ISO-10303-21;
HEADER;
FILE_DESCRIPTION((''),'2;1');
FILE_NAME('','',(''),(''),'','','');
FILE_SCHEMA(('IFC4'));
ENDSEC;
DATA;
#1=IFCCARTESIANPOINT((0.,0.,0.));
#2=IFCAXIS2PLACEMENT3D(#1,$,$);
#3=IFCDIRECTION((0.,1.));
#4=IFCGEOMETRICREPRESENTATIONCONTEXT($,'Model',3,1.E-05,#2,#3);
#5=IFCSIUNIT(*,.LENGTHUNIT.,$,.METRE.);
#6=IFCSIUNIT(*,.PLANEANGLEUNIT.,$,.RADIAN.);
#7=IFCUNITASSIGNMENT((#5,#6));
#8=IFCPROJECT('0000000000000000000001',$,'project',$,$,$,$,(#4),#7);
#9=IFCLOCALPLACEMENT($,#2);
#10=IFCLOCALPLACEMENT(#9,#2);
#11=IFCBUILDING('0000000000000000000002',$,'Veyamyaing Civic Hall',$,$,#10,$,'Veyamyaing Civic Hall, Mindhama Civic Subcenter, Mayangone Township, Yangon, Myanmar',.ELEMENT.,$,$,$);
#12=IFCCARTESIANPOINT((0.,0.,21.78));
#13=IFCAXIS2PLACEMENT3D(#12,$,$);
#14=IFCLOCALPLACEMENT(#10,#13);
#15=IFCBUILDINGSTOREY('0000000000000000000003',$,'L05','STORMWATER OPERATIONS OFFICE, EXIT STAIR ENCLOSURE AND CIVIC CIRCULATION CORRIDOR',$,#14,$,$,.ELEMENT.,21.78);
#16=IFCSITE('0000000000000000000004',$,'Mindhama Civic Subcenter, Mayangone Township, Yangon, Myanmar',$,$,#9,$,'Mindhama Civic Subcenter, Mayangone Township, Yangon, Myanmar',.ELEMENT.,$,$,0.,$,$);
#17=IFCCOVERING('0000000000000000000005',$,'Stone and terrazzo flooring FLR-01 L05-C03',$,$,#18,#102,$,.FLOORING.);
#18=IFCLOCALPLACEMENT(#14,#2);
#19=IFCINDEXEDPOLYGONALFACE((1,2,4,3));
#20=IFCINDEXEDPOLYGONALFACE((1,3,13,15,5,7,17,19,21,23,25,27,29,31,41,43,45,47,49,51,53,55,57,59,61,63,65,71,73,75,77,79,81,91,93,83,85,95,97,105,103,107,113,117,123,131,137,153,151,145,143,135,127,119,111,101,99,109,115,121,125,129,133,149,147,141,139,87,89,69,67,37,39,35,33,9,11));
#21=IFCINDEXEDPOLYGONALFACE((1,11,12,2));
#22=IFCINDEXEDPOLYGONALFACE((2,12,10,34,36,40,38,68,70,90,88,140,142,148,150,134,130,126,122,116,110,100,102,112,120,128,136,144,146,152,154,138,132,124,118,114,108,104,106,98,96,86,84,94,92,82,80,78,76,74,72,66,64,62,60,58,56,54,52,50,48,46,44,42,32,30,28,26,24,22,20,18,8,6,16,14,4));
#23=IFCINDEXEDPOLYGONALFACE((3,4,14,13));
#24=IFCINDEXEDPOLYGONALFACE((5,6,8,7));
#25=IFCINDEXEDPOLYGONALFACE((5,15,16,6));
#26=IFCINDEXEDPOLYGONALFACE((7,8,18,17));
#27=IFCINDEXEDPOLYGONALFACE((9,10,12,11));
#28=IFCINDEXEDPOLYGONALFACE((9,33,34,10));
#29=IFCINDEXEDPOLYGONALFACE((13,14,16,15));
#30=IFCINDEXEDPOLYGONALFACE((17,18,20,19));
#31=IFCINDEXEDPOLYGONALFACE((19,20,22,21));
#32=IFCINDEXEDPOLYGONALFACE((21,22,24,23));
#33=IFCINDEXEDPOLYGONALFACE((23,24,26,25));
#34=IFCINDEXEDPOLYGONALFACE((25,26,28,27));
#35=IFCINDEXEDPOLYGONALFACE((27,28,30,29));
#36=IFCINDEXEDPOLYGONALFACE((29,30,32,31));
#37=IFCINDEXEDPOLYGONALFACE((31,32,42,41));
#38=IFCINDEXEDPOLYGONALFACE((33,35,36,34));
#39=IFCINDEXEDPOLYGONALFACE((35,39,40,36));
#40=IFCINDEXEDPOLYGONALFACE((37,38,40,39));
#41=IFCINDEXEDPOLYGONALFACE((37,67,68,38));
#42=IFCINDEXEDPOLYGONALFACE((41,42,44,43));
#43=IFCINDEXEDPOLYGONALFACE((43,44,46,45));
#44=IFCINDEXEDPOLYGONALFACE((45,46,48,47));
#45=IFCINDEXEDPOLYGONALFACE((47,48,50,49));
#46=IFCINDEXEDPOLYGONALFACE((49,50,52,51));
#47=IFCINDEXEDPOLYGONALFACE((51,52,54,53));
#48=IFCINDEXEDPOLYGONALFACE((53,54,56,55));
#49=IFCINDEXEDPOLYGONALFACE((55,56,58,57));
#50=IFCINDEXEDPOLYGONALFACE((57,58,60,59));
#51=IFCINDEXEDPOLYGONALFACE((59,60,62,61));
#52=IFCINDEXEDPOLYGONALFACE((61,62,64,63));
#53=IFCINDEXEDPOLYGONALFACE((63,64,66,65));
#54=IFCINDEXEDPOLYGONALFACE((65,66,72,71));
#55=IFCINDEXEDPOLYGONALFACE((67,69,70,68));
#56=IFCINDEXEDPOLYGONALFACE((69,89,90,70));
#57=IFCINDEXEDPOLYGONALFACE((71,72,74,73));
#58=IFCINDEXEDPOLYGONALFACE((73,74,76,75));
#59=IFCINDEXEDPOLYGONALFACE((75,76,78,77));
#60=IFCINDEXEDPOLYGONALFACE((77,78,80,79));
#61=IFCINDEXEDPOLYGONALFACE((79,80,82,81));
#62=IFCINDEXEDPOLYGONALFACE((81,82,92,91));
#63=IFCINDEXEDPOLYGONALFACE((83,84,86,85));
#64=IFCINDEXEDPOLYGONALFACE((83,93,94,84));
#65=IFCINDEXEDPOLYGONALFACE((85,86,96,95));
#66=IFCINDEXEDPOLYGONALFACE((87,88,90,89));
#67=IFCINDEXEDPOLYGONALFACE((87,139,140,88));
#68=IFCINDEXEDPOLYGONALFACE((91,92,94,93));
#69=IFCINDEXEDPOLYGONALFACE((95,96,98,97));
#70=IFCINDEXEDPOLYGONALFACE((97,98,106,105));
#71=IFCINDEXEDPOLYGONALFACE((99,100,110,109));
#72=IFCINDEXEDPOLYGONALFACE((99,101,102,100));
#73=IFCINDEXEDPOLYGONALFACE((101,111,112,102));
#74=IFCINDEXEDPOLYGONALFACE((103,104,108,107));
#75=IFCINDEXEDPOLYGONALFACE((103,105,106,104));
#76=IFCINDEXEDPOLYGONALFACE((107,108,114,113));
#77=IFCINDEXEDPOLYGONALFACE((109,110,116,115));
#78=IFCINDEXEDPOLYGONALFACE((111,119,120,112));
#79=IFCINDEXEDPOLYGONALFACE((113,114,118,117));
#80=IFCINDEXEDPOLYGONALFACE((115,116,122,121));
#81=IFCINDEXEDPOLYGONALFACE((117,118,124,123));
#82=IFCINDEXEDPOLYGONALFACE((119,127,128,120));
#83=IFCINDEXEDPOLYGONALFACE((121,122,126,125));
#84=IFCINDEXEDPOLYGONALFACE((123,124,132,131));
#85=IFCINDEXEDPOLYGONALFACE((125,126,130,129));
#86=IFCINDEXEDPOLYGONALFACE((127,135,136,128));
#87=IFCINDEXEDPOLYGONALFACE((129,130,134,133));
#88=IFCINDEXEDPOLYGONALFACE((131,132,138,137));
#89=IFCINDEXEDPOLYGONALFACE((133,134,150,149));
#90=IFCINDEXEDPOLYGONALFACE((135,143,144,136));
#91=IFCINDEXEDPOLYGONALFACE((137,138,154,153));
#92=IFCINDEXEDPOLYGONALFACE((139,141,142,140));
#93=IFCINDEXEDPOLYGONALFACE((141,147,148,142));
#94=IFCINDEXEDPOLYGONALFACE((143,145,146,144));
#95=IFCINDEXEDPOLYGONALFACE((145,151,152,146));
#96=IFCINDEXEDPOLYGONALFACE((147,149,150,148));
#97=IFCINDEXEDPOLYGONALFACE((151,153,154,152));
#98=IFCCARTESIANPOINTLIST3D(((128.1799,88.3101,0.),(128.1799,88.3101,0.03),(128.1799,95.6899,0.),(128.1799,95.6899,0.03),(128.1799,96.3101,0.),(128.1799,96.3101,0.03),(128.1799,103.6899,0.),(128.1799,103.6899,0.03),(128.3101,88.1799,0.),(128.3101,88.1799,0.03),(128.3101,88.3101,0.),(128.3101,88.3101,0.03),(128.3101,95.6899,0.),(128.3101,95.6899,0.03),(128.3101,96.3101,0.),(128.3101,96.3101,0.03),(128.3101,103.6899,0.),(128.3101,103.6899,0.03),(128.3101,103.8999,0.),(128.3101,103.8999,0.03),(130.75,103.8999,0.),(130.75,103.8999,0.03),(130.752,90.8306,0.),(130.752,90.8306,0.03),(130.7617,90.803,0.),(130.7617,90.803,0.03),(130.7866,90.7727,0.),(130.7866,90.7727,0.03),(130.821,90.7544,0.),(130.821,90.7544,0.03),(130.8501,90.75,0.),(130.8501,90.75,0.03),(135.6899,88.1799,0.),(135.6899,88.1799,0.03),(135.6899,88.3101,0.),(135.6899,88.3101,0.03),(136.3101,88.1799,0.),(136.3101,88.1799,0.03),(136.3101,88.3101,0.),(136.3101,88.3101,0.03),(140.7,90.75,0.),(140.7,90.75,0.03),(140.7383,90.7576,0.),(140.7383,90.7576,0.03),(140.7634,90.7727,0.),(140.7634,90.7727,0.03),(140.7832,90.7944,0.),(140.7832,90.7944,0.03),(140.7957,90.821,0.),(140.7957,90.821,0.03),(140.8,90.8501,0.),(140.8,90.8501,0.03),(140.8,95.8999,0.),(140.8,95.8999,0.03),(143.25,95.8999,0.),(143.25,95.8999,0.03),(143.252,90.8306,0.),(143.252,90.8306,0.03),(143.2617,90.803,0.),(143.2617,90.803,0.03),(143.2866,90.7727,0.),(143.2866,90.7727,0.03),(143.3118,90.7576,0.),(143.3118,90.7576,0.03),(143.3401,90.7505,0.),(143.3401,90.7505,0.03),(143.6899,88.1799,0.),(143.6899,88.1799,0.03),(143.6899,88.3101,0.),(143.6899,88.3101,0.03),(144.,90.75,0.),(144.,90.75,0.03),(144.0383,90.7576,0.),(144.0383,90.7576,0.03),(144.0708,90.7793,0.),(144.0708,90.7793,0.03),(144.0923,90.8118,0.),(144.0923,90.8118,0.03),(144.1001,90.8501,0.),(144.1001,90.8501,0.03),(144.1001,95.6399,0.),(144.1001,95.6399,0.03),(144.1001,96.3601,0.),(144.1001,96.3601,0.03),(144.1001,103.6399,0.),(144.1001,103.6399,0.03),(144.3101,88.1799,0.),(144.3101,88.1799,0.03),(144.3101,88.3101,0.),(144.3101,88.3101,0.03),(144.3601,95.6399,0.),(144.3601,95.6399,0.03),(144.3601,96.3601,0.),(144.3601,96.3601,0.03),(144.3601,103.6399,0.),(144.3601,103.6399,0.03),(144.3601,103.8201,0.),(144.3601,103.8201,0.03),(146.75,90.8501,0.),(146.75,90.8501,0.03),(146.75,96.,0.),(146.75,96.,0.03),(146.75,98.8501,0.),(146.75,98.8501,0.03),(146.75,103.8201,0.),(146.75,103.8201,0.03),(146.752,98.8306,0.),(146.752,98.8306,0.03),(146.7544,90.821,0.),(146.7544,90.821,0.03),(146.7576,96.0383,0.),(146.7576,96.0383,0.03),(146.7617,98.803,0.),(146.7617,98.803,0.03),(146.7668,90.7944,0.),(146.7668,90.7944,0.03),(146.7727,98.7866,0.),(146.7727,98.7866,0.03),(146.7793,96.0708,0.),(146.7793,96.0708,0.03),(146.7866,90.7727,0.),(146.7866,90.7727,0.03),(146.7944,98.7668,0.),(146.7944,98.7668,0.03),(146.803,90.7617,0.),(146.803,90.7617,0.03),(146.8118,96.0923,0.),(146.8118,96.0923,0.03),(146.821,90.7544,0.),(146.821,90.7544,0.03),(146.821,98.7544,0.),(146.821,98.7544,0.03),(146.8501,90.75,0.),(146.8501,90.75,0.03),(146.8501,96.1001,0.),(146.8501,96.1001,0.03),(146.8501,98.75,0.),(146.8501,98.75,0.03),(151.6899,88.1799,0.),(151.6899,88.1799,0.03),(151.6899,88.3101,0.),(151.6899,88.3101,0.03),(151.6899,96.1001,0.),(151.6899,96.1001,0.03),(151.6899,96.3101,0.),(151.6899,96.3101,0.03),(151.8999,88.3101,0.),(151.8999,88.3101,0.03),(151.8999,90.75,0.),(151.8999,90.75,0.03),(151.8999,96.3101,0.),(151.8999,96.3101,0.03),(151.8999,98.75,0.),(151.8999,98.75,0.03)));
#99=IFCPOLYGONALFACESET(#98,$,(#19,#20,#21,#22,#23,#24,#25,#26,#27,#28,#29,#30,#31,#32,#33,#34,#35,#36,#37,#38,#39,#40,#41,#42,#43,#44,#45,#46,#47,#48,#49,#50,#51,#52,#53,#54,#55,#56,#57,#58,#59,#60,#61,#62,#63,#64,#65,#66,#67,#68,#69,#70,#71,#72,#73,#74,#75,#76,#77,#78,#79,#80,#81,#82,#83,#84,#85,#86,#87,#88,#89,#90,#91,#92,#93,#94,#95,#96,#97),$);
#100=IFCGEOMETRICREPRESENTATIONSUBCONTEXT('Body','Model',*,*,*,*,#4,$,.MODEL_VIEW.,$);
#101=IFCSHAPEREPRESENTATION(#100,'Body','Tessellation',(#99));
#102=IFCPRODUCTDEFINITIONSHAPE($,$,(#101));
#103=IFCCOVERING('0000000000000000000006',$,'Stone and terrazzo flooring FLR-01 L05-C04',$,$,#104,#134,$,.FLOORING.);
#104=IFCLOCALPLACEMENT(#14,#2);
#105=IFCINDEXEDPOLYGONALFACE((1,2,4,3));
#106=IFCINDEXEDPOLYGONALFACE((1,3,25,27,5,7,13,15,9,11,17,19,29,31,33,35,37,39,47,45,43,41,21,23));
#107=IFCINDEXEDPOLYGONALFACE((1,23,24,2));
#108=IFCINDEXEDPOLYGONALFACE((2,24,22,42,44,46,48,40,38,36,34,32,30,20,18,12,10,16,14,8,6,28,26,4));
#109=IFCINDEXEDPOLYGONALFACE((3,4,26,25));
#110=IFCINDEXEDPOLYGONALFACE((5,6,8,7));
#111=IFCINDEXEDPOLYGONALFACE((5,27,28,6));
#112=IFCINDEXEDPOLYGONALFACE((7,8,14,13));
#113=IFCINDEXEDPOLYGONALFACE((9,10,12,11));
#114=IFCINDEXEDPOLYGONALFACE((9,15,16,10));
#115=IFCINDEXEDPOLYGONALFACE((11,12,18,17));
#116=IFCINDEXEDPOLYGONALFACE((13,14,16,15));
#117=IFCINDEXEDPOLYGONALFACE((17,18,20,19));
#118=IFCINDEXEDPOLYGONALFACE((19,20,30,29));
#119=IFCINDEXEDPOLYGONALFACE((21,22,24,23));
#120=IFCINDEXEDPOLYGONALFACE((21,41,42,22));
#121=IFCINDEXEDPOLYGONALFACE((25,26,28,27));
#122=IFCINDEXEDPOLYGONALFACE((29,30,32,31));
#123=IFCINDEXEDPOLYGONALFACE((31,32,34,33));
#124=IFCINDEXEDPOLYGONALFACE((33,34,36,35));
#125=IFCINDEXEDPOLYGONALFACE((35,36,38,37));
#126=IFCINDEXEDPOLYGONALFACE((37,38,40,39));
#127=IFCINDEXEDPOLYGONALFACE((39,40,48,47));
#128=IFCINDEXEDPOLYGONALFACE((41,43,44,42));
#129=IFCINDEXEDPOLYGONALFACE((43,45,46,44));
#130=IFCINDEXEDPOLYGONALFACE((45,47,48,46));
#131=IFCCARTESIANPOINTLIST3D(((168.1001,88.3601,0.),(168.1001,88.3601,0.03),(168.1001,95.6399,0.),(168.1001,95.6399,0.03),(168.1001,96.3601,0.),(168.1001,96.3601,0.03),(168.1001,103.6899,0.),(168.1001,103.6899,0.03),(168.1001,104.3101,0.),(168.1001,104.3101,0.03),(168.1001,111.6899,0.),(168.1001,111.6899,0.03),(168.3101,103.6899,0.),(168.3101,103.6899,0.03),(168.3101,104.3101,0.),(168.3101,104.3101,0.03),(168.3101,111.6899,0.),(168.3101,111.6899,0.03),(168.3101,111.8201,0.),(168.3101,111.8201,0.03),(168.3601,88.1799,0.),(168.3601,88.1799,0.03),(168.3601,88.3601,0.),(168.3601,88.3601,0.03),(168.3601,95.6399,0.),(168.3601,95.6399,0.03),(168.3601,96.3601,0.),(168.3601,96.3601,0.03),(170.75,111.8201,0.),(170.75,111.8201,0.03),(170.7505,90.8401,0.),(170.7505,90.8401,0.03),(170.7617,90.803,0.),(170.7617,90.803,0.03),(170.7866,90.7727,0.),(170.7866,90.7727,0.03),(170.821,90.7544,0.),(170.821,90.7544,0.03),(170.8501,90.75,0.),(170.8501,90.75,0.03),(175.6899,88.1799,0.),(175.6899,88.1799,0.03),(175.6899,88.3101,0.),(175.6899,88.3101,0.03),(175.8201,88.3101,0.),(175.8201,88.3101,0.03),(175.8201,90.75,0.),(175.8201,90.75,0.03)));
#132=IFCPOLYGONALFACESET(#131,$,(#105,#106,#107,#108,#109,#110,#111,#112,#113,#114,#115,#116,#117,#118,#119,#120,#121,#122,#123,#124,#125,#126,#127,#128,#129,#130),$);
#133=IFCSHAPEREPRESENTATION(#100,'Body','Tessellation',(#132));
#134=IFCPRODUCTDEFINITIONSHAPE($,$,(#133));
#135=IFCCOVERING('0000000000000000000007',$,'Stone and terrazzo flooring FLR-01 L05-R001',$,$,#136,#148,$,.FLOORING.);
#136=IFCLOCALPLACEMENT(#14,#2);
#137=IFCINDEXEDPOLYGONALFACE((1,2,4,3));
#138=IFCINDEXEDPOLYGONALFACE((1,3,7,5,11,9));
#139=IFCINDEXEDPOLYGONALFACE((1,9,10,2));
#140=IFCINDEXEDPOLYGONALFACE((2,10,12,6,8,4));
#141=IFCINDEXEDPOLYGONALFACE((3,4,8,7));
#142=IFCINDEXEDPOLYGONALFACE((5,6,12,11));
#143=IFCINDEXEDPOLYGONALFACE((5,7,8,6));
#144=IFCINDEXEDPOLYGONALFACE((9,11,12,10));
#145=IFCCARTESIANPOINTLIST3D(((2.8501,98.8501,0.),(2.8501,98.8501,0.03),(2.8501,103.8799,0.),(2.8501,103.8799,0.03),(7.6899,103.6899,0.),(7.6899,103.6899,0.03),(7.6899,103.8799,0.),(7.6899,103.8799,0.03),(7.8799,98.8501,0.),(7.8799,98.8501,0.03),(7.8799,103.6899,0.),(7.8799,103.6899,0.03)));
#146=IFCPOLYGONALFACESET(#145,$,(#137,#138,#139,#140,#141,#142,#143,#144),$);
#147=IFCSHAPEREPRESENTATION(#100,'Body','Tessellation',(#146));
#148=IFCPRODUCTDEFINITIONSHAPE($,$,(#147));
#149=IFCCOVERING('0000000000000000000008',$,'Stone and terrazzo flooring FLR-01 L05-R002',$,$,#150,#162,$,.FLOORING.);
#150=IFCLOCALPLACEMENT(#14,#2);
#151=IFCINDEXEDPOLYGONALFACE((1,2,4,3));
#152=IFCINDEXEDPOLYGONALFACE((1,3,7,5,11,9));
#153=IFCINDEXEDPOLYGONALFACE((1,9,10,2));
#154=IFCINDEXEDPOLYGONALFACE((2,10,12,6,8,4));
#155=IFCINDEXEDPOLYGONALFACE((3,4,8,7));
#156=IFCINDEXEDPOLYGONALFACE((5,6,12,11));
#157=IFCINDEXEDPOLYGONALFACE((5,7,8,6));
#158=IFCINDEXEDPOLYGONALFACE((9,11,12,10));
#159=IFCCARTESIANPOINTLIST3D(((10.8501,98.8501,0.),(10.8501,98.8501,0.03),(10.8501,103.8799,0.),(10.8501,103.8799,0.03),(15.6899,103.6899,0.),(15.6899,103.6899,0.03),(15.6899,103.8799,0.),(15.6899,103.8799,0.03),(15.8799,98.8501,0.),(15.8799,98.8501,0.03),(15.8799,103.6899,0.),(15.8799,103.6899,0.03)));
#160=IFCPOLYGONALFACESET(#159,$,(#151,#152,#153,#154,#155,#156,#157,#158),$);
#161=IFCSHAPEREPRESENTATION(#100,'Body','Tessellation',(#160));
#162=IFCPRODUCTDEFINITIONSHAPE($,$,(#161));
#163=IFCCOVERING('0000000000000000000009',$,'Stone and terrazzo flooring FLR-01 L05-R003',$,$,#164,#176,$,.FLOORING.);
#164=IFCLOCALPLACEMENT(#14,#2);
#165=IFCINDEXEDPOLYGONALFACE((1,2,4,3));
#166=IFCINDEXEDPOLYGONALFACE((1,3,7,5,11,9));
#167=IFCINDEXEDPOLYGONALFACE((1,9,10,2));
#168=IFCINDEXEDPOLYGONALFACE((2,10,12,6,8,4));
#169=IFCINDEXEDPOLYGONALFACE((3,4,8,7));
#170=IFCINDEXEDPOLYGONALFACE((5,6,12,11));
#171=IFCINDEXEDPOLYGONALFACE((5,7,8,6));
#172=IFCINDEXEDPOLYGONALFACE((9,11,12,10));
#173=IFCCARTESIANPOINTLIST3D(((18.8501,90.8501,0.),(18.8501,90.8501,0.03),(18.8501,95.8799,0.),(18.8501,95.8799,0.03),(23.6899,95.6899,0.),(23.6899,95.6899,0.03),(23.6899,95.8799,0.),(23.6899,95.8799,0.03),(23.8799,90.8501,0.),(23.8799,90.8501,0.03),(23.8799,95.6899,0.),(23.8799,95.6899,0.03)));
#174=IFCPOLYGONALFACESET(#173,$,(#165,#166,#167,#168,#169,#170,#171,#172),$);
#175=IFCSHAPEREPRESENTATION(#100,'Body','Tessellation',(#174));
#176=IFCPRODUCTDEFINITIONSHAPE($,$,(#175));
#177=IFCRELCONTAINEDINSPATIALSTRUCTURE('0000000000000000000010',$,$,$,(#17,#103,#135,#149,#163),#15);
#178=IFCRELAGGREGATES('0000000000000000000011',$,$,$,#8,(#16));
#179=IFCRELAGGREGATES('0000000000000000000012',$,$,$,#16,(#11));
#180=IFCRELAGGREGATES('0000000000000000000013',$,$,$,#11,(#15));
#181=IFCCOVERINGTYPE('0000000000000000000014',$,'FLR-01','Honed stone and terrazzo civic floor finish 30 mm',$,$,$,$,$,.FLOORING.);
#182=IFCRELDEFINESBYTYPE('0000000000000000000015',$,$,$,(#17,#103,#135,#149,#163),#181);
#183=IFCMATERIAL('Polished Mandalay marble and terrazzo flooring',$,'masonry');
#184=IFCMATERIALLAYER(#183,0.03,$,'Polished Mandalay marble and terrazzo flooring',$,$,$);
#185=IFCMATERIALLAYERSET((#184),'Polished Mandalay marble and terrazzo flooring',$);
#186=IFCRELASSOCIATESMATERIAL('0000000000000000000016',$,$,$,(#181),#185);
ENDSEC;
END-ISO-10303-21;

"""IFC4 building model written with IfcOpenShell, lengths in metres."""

from ifc_helpers import new_model, si_unit, direction, frame, origin, place, context, subcontext, project, spatial, polyline, outline, extrude, material, layer, layer_set, type_object, element, save


model = new_model("IFC4")

# Units and contexts
model_context = context("Model", 3, precision=1e-05, world=origin(), true_north=direction((0.0, 1.0)))
body_context = subcontext(model_context, "Body", "Model", "MODEL_VIEW")
ifc_project = project(units=[si_unit("LENGTHUNIT", "METRE"), si_unit("PLANEANGLEUNIT", "RADIAN")], contexts=[model_context])

# Site, building, storey
site_placement = place(None, origin())
site = spatial("IfcSite", under=ifc_project, at=site_placement, Name="Mindhama Civic Subcenter, Mayangone Township, Yangon, Myanmar", LongName="Mindhama Civic Subcenter, Mayangone Township, Yangon, Myanmar", CompositionType="ELEMENT", RefElevation=0.0)
building_placement = place(site_placement, origin())
building = spatial("IfcBuilding", under=site, at=building_placement, Name="Veyamyaing Civic Hall", LongName="Veyamyaing Civic Hall, Mindhama Civic Subcenter, Mayangone Township, Yangon, Myanmar", CompositionType="ELEMENT")
storey_placement = place(building_placement, frame((0.0, 0.0, 21.78)))
storey = spatial("IfcBuildingStorey", under=building, at=storey_placement, Name="L05", Description="STORMWATER OPERATIONS OFFICE, EXIT STAIR ENCLOSURE AND CIVIC CIRCULATION CORRIDOR", CompositionType="ELEMENT", Elevation=21.78)

# Coverings
ifc_material_1 = material(Name="Polished Mandalay marble and terrazzo flooring", Category="masonry")
ifc_layer_1 = layer(ifc_material_1, 0.03, Name="Polished Mandalay marble and terrazzo flooring")
ifc_layer_set_1 = layer_set([ifc_layer_1], Name="Polished Mandalay marble and terrazzo flooring")
covering_type_1 = type_object("IfcCoveringType", Name="FLR-01", Description="Honed stone and terrazzo civic floor finish 30 mm", PredefinedType="FLOORING", material=ifc_layer_set_1)
covering_1_placement = place(storey_placement, origin())
element("IfcCovering", 1, at=covering_1_placement, inside=storey, type_object=covering_type_1, Name="Stone and terrazzo flooring FLR-01 L05-C03", PredefinedType="FLOORING", context=body_context, shape_type="SweptSolid", body=[
    extrude(outline(polyline([(130.752, 90.8306), (130.7617, 90.803), (130.7866, 90.7727), (130.821, 90.7544), (130.8501, 90.75), (140.7, 90.75), (140.7383, 90.7576), (140.7634, 90.7727), (140.7832, 90.7944), (140.7957, 90.821), (140.8, 90.8501), (140.8, 95.8999), (143.25, 95.8999), (143.252, 90.8306), (143.2617, 90.803), (143.2866, 90.7727), (143.3118, 90.7576), (143.3401, 90.7505), (144.0, 90.75), (144.0383, 90.7576), (144.0708, 90.7793), (144.0923, 90.8118), (144.1001, 90.8501), (144.1001, 95.6399), (144.3601, 95.6399), (144.3601, 96.3601), (144.1001, 96.3601), (144.1001, 103.6399), (144.3601, 103.6399), (144.3601, 103.8201), (146.75, 103.8201), (146.75, 98.8501), (146.752, 98.8306), (146.7617, 98.803), (146.7727, 98.7866), (146.7944, 98.7668), (146.821, 98.7544), (146.8501, 98.75), (151.8999, 98.75), (151.8999, 96.3101), (151.6899, 96.3101), (151.6899, 96.1001), (146.8501, 96.1001), (146.8118, 96.0923), (146.7793, 96.0708), (146.7576, 96.0383), (146.75, 96.0), (146.75, 90.8501), (146.7544, 90.821), (146.7668, 90.7944), (146.7866, 90.7727), (146.803, 90.7617), (146.821, 90.7544), (146.8501, 90.75), (151.8999, 90.75), (151.8999, 88.3101), (151.6899, 88.3101), (151.6899, 88.1799), (144.3101, 88.1799), (144.3101, 88.3101), (143.6899, 88.3101), (143.6899, 88.1799), (136.3101, 88.1799), (136.3101, 88.3101), (135.6899, 88.3101), (135.6899, 88.1799), (128.3101, 88.1799), (128.3101, 88.3101), (128.1799, 88.3101), (128.1799, 95.6899), (128.3101, 95.6899), (128.3101, 96.3101), (128.1799, 96.3101), (128.1799, 103.6899), (128.3101, 103.6899), (128.3101, 103.8999), (130.75, 103.8999), (130.752, 90.8306)])), origin(), (0.0, 0.0, 1.0), 0.03),
])
covering_2_placement = place(storey_placement, origin())
element("IfcCovering", 2, at=covering_2_placement, inside=storey, type_object=covering_type_1, Name="Stone and terrazzo flooring FLR-01 L05-C04", PredefinedType="FLOORING", context=body_context, shape_type="SweptSolid", body=[
    extrude(outline(polyline([(170.7505, 90.8401), (170.7617, 90.803), (170.7866, 90.7727), (170.821, 90.7544), (170.8501, 90.75), (175.8201, 90.75), (175.8201, 88.3101), (175.6899, 88.3101), (175.6899, 88.1799), (168.3601, 88.1799), (168.3601, 88.3601), (168.1001, 88.3601), (168.1001, 95.6399), (168.3601, 95.6399), (168.3601, 96.3601), (168.1001, 96.3601), (168.1001, 103.6899), (168.3101, 103.6899), (168.3101, 104.3101), (168.1001, 104.3101), (168.1001, 111.6899), (168.3101, 111.6899), (168.3101, 111.8201), (170.75, 111.8201), (170.7505, 90.8401)])), origin(), (0.0, 0.0, 1.0), 0.03),
])
covering_3_placement = place(storey_placement, origin())
element("IfcCovering", 3, at=covering_3_placement, inside=storey, type_object=covering_type_1, Name="Stone and terrazzo flooring FLR-01 L05-R001", PredefinedType="FLOORING", context=body_context, shape_type="SweptSolid", body=[
    extrude(outline(polyline([(2.8501, 103.8799), (7.6899, 103.8799), (7.6899, 103.6899), (7.8799, 103.6899), (7.8799, 98.8501), (2.8501, 98.8501), (2.8501, 103.8799)])), origin(), (0.0, 0.0, 1.0), 0.03),
])
covering_4_placement = place(storey_placement, origin())
element("IfcCovering", 4, at=covering_4_placement, inside=storey, type_object=covering_type_1, Name="Stone and terrazzo flooring FLR-01 L05-R002", PredefinedType="FLOORING", context=body_context, shape_type="SweptSolid", body=[
    extrude(outline(polyline([(10.8501, 98.8501), (10.8501, 103.8799), (15.6899, 103.8799), (15.6899, 103.6899), (15.8799, 103.6899), (15.8799, 98.8501), (10.8501, 98.8501)])), origin(), (0.0, 0.0, 1.0), 0.03),
])
covering_5_placement = place(storey_placement, origin())
element("IfcCovering", 5, at=covering_5_placement, inside=storey, type_object=covering_type_1, Name="Stone and terrazzo flooring FLR-01 L05-R003", PredefinedType="FLOORING", context=body_context, shape_type="SweptSolid", body=[
    extrude(outline(polyline([(18.8501, 95.8799), (23.6899, 95.8799), (23.6899, 95.6899), (23.8799, 95.6899), (23.8799, 90.8501), (18.8501, 90.8501), (18.8501, 95.8799)])), origin(), (0.0, 0.0, 1.0), 0.03),
])

save(model, "model.ifc")
